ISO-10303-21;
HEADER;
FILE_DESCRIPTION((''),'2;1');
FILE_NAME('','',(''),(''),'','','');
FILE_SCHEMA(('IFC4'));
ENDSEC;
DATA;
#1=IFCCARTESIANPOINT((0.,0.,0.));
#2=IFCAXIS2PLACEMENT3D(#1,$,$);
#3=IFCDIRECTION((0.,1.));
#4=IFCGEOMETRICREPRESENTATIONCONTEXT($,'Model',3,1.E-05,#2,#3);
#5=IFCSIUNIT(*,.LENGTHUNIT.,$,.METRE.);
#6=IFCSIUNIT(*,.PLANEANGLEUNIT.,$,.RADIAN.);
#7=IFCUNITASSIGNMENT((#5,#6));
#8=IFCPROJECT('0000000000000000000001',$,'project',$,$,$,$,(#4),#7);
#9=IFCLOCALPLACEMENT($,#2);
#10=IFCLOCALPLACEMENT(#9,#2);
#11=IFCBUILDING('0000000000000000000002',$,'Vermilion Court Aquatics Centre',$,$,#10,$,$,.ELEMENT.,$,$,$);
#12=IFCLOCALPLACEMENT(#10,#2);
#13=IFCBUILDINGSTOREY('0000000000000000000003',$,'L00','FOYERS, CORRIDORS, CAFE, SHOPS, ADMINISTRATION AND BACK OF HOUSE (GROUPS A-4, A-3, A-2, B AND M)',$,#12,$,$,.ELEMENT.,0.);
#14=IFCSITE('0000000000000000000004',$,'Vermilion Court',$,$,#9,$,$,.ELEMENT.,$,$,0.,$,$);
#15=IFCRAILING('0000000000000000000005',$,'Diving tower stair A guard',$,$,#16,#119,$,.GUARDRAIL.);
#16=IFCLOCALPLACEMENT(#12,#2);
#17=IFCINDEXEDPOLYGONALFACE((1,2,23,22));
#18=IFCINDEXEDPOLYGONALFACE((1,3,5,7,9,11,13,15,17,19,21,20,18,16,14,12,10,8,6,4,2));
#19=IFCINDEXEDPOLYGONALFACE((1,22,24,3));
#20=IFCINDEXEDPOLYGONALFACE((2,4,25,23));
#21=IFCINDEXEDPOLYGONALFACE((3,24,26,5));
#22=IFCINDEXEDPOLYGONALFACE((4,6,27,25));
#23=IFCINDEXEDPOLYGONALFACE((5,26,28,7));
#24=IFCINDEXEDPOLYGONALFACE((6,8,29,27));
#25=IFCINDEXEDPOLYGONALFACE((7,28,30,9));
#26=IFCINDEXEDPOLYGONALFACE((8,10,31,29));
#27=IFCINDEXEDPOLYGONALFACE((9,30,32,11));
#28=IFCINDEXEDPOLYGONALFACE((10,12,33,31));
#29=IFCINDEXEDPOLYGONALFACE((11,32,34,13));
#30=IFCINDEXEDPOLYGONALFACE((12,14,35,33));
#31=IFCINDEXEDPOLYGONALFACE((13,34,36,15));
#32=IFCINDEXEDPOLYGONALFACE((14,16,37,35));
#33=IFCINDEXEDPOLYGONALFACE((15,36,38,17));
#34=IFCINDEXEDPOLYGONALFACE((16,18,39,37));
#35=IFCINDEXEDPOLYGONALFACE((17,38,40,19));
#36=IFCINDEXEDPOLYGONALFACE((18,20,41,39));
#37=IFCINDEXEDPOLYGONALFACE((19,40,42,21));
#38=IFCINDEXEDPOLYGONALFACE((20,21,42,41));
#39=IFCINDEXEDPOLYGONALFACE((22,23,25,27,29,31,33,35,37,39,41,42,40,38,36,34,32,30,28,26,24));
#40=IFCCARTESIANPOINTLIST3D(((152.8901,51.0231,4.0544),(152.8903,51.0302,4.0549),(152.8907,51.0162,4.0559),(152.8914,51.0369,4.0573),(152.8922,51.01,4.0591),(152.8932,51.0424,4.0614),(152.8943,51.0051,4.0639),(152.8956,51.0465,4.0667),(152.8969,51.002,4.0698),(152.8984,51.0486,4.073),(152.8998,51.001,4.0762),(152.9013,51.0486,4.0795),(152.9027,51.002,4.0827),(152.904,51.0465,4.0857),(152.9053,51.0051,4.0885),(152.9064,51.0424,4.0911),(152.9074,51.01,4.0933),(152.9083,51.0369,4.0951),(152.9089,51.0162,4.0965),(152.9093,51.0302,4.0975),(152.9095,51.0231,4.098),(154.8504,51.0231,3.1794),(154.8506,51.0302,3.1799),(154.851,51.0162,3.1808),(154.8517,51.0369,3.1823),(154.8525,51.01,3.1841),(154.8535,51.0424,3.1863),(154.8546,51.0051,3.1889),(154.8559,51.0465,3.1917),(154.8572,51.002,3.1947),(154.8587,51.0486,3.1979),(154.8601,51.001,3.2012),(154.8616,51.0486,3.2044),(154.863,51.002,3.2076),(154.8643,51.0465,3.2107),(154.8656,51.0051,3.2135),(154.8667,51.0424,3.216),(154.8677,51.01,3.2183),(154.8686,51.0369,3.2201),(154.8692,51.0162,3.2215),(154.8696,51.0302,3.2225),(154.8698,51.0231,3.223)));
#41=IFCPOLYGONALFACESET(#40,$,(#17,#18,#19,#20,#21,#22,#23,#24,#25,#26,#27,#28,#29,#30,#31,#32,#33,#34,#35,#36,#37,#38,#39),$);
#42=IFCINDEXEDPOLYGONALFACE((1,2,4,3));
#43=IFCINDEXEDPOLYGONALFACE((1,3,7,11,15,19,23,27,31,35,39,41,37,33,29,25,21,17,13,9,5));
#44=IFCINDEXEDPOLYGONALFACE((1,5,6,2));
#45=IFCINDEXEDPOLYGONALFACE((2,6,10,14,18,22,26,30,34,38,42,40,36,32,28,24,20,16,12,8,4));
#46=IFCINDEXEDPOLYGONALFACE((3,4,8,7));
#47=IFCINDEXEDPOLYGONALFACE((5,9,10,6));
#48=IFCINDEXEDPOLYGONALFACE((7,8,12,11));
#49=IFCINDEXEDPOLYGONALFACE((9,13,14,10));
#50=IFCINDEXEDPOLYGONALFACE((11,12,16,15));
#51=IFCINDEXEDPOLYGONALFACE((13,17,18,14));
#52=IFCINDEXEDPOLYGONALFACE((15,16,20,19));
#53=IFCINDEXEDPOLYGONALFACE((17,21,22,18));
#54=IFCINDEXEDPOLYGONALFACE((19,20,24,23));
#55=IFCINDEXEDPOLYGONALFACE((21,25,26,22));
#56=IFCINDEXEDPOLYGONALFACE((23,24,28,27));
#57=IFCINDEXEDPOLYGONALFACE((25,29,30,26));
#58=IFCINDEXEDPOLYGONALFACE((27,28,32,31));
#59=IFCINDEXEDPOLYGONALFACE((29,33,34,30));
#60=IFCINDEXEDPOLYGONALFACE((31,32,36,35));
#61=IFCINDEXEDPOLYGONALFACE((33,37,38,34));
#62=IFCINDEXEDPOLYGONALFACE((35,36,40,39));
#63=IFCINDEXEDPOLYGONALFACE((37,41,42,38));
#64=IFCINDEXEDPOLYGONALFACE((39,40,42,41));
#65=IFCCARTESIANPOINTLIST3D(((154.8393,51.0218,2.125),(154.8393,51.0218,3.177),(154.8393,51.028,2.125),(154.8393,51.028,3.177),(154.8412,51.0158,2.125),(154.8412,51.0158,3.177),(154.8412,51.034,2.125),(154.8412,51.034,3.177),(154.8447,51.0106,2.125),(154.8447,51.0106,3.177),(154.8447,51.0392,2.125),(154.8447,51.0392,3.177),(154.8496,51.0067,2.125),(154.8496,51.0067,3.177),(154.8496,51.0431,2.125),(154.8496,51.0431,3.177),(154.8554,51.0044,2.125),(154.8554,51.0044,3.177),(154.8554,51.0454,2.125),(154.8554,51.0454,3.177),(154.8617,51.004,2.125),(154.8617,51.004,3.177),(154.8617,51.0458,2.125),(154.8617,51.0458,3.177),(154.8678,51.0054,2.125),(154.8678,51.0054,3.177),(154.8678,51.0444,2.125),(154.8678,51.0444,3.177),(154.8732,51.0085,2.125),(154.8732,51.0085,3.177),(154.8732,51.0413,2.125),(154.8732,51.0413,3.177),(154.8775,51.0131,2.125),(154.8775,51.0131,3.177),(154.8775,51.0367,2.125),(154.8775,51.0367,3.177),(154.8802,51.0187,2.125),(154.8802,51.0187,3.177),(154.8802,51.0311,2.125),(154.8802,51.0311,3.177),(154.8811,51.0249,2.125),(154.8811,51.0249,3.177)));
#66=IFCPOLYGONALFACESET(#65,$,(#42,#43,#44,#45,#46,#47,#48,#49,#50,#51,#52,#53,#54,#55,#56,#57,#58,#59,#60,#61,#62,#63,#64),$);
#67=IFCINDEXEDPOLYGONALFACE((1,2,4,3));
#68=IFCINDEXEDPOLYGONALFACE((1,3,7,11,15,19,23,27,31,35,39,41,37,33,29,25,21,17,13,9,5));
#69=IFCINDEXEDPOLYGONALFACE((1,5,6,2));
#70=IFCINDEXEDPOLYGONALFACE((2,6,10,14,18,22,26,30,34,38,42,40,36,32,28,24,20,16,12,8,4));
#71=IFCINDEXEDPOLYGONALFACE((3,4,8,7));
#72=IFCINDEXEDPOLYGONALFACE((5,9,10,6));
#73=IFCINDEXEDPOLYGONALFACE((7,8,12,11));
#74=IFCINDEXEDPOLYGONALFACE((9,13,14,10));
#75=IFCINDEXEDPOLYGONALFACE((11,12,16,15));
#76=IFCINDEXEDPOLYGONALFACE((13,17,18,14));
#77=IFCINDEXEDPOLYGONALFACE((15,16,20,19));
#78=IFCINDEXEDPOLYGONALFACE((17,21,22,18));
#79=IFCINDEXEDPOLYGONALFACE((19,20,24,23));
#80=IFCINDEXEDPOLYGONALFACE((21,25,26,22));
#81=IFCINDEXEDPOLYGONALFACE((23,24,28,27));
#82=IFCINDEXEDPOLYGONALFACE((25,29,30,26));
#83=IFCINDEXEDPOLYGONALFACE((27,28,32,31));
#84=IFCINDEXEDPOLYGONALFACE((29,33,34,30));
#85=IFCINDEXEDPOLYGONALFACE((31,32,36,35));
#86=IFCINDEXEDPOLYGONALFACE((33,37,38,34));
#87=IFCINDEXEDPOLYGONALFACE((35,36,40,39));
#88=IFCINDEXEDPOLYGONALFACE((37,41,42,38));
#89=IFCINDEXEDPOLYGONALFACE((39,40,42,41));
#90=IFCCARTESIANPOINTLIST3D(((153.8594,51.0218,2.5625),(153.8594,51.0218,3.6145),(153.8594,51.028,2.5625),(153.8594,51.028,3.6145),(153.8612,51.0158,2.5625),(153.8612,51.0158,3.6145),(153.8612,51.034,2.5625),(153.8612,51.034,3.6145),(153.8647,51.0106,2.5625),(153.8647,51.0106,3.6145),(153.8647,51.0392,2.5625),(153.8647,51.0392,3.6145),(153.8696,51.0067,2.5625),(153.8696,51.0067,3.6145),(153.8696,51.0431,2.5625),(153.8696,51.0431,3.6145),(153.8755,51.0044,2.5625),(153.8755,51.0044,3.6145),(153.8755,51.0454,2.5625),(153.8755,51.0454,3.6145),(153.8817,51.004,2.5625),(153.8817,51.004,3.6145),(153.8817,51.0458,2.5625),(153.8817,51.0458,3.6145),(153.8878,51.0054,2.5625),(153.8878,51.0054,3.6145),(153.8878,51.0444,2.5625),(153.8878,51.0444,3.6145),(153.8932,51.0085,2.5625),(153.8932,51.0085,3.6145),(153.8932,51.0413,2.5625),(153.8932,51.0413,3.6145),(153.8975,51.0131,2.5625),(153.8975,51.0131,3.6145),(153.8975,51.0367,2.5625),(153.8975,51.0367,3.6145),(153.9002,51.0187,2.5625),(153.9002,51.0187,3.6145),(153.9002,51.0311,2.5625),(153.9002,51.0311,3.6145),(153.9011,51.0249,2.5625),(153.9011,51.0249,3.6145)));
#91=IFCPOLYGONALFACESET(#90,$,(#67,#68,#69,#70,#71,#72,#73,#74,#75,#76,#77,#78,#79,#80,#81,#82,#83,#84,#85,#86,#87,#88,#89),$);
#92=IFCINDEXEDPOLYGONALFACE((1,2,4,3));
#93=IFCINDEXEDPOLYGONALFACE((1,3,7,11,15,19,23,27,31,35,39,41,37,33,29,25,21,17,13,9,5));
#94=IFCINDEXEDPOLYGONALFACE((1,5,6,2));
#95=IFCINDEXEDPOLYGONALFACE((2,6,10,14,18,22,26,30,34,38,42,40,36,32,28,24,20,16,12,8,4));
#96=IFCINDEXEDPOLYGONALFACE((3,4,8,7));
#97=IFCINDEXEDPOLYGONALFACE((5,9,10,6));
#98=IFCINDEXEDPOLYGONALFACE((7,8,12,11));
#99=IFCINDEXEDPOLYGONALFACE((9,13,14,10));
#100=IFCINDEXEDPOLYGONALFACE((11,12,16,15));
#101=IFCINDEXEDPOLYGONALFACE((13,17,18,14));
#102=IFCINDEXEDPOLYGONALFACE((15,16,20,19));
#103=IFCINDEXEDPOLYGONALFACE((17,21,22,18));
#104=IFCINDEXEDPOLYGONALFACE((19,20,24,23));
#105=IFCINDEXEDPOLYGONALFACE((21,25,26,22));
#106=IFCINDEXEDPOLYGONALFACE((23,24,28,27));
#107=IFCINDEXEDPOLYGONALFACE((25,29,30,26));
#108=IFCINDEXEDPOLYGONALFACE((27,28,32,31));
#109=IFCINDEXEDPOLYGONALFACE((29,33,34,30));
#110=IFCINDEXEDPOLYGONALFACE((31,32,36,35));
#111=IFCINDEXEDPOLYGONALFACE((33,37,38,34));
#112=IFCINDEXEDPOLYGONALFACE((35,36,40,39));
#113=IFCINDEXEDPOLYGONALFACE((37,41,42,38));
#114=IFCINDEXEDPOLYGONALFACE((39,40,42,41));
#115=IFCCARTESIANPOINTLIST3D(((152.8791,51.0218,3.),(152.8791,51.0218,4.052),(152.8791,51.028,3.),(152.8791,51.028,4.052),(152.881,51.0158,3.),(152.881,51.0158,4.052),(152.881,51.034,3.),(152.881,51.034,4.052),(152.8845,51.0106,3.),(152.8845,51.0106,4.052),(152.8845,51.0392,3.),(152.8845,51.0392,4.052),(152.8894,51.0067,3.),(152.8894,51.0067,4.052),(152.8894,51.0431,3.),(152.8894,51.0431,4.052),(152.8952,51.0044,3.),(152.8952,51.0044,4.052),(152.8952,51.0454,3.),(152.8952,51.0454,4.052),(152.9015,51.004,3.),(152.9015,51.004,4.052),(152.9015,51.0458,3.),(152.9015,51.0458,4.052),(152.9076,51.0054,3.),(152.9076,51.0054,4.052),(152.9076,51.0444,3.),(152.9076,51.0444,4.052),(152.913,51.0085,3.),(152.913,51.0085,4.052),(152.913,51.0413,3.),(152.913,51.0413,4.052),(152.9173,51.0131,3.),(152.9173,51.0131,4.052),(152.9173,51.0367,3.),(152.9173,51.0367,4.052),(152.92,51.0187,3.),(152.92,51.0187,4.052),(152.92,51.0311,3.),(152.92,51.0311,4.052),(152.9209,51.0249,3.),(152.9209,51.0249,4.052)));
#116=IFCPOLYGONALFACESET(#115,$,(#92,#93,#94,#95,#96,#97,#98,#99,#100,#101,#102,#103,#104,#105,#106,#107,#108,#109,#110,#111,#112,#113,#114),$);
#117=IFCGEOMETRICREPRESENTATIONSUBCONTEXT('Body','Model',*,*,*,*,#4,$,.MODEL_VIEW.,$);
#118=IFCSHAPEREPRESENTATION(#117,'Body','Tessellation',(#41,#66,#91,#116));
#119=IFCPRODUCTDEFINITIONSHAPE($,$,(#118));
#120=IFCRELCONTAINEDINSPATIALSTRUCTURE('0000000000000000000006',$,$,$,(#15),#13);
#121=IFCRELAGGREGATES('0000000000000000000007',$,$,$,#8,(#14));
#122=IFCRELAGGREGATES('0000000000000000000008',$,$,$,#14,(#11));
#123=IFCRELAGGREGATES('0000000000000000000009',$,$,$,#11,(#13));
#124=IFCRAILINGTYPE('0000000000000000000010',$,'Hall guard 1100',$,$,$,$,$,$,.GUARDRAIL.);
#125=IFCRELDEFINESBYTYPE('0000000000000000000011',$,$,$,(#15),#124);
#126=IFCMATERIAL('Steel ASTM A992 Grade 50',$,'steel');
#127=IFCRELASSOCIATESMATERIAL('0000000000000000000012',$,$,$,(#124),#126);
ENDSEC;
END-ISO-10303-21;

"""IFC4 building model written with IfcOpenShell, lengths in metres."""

from ifc_helpers import new_model, si_unit, direction, frame, origin, origin_2d, place, context, subcontext, project, spatial, circle, extrude, material, type_object, element, save


model = new_model("IFC4")

# Units and contexts
model_context = context("Model", 3, precision=1e-05, world=origin(), true_north=direction((0.0, 1.0)))
body_context = subcontext(model_context, "Body", "Model", "MODEL_VIEW")
ifc_project = project(units=[si_unit("LENGTHUNIT", "METRE"), si_unit("PLANEANGLEUNIT", "RADIAN")], contexts=[model_context])

# Site, building, storey
site_placement = place(None, origin())
site = spatial("IfcSite", under=ifc_project, at=site_placement, Name="Vermilion Court", CompositionType="ELEMENT", RefElevation=0.0)
building_placement = place(site_placement, origin())
building = spatial("IfcBuilding", under=site, at=building_placement, Name="Vermilion Court Aquatics Centre", CompositionType="ELEMENT")
storey_placement = place(building_placement, origin())
storey = spatial("IfcBuildingStorey", under=building, at=storey_placement, Name="L00", Description="FOYERS, CORRIDORS, CAFE, SHOPS, ADMINISTRATION AND BACK OF HOUSE (GROUPS A-4, A-3, A-2, B AND M)", CompositionType="ELEMENT", Elevation=0.0)

# Railing
ifc_material_1 = material(Name="Steel ASTM A992 Grade 50", Category="steel")
railing_type_1 = type_object("IfcRailingType", Name="Hall guard 1100", PredefinedType="GUARDRAIL", material=ifc_material_1)
for number, where, name in (
    (1, (154.8601, 51.0249, 2.125), "Diving tower stair A guard"),
):
    element("IfcRailing", number, at=place(storey_placement, frame(where)), inside=storey, type_object=railing_type_1, Name=name, PredefinedType="GUARDRAIL", context=body_context, shape_type="SweptSolid", body=[
        extrude(circle(Radius=0.0239, at=origin_2d()), frame((0.0, 0.0, 1.0762), z_axis=(-0.913154, 0.0, 0.407615), x_axis=(0.0, -1.0, 0.0)), (0.0, 0.0, 1.0), 2.1467),
        extrude(circle(Radius=0.021, at=origin_2d()), origin(), (0.0, 0.0, 1.0), 1.052),
        extrude(circle(Radius=0.021, at=origin_2d()), frame((-0.98, 0.0, 0.4375)), (0.0, 0.0, 1.0), 1.052),
        extrude(circle(Radius=0.021, at=origin_2d()), frame((-1.9602, 0.0, 0.875)), (0.0, 0.0, 1.0), 1.052),
    ])

save(model, "model.ifc")
